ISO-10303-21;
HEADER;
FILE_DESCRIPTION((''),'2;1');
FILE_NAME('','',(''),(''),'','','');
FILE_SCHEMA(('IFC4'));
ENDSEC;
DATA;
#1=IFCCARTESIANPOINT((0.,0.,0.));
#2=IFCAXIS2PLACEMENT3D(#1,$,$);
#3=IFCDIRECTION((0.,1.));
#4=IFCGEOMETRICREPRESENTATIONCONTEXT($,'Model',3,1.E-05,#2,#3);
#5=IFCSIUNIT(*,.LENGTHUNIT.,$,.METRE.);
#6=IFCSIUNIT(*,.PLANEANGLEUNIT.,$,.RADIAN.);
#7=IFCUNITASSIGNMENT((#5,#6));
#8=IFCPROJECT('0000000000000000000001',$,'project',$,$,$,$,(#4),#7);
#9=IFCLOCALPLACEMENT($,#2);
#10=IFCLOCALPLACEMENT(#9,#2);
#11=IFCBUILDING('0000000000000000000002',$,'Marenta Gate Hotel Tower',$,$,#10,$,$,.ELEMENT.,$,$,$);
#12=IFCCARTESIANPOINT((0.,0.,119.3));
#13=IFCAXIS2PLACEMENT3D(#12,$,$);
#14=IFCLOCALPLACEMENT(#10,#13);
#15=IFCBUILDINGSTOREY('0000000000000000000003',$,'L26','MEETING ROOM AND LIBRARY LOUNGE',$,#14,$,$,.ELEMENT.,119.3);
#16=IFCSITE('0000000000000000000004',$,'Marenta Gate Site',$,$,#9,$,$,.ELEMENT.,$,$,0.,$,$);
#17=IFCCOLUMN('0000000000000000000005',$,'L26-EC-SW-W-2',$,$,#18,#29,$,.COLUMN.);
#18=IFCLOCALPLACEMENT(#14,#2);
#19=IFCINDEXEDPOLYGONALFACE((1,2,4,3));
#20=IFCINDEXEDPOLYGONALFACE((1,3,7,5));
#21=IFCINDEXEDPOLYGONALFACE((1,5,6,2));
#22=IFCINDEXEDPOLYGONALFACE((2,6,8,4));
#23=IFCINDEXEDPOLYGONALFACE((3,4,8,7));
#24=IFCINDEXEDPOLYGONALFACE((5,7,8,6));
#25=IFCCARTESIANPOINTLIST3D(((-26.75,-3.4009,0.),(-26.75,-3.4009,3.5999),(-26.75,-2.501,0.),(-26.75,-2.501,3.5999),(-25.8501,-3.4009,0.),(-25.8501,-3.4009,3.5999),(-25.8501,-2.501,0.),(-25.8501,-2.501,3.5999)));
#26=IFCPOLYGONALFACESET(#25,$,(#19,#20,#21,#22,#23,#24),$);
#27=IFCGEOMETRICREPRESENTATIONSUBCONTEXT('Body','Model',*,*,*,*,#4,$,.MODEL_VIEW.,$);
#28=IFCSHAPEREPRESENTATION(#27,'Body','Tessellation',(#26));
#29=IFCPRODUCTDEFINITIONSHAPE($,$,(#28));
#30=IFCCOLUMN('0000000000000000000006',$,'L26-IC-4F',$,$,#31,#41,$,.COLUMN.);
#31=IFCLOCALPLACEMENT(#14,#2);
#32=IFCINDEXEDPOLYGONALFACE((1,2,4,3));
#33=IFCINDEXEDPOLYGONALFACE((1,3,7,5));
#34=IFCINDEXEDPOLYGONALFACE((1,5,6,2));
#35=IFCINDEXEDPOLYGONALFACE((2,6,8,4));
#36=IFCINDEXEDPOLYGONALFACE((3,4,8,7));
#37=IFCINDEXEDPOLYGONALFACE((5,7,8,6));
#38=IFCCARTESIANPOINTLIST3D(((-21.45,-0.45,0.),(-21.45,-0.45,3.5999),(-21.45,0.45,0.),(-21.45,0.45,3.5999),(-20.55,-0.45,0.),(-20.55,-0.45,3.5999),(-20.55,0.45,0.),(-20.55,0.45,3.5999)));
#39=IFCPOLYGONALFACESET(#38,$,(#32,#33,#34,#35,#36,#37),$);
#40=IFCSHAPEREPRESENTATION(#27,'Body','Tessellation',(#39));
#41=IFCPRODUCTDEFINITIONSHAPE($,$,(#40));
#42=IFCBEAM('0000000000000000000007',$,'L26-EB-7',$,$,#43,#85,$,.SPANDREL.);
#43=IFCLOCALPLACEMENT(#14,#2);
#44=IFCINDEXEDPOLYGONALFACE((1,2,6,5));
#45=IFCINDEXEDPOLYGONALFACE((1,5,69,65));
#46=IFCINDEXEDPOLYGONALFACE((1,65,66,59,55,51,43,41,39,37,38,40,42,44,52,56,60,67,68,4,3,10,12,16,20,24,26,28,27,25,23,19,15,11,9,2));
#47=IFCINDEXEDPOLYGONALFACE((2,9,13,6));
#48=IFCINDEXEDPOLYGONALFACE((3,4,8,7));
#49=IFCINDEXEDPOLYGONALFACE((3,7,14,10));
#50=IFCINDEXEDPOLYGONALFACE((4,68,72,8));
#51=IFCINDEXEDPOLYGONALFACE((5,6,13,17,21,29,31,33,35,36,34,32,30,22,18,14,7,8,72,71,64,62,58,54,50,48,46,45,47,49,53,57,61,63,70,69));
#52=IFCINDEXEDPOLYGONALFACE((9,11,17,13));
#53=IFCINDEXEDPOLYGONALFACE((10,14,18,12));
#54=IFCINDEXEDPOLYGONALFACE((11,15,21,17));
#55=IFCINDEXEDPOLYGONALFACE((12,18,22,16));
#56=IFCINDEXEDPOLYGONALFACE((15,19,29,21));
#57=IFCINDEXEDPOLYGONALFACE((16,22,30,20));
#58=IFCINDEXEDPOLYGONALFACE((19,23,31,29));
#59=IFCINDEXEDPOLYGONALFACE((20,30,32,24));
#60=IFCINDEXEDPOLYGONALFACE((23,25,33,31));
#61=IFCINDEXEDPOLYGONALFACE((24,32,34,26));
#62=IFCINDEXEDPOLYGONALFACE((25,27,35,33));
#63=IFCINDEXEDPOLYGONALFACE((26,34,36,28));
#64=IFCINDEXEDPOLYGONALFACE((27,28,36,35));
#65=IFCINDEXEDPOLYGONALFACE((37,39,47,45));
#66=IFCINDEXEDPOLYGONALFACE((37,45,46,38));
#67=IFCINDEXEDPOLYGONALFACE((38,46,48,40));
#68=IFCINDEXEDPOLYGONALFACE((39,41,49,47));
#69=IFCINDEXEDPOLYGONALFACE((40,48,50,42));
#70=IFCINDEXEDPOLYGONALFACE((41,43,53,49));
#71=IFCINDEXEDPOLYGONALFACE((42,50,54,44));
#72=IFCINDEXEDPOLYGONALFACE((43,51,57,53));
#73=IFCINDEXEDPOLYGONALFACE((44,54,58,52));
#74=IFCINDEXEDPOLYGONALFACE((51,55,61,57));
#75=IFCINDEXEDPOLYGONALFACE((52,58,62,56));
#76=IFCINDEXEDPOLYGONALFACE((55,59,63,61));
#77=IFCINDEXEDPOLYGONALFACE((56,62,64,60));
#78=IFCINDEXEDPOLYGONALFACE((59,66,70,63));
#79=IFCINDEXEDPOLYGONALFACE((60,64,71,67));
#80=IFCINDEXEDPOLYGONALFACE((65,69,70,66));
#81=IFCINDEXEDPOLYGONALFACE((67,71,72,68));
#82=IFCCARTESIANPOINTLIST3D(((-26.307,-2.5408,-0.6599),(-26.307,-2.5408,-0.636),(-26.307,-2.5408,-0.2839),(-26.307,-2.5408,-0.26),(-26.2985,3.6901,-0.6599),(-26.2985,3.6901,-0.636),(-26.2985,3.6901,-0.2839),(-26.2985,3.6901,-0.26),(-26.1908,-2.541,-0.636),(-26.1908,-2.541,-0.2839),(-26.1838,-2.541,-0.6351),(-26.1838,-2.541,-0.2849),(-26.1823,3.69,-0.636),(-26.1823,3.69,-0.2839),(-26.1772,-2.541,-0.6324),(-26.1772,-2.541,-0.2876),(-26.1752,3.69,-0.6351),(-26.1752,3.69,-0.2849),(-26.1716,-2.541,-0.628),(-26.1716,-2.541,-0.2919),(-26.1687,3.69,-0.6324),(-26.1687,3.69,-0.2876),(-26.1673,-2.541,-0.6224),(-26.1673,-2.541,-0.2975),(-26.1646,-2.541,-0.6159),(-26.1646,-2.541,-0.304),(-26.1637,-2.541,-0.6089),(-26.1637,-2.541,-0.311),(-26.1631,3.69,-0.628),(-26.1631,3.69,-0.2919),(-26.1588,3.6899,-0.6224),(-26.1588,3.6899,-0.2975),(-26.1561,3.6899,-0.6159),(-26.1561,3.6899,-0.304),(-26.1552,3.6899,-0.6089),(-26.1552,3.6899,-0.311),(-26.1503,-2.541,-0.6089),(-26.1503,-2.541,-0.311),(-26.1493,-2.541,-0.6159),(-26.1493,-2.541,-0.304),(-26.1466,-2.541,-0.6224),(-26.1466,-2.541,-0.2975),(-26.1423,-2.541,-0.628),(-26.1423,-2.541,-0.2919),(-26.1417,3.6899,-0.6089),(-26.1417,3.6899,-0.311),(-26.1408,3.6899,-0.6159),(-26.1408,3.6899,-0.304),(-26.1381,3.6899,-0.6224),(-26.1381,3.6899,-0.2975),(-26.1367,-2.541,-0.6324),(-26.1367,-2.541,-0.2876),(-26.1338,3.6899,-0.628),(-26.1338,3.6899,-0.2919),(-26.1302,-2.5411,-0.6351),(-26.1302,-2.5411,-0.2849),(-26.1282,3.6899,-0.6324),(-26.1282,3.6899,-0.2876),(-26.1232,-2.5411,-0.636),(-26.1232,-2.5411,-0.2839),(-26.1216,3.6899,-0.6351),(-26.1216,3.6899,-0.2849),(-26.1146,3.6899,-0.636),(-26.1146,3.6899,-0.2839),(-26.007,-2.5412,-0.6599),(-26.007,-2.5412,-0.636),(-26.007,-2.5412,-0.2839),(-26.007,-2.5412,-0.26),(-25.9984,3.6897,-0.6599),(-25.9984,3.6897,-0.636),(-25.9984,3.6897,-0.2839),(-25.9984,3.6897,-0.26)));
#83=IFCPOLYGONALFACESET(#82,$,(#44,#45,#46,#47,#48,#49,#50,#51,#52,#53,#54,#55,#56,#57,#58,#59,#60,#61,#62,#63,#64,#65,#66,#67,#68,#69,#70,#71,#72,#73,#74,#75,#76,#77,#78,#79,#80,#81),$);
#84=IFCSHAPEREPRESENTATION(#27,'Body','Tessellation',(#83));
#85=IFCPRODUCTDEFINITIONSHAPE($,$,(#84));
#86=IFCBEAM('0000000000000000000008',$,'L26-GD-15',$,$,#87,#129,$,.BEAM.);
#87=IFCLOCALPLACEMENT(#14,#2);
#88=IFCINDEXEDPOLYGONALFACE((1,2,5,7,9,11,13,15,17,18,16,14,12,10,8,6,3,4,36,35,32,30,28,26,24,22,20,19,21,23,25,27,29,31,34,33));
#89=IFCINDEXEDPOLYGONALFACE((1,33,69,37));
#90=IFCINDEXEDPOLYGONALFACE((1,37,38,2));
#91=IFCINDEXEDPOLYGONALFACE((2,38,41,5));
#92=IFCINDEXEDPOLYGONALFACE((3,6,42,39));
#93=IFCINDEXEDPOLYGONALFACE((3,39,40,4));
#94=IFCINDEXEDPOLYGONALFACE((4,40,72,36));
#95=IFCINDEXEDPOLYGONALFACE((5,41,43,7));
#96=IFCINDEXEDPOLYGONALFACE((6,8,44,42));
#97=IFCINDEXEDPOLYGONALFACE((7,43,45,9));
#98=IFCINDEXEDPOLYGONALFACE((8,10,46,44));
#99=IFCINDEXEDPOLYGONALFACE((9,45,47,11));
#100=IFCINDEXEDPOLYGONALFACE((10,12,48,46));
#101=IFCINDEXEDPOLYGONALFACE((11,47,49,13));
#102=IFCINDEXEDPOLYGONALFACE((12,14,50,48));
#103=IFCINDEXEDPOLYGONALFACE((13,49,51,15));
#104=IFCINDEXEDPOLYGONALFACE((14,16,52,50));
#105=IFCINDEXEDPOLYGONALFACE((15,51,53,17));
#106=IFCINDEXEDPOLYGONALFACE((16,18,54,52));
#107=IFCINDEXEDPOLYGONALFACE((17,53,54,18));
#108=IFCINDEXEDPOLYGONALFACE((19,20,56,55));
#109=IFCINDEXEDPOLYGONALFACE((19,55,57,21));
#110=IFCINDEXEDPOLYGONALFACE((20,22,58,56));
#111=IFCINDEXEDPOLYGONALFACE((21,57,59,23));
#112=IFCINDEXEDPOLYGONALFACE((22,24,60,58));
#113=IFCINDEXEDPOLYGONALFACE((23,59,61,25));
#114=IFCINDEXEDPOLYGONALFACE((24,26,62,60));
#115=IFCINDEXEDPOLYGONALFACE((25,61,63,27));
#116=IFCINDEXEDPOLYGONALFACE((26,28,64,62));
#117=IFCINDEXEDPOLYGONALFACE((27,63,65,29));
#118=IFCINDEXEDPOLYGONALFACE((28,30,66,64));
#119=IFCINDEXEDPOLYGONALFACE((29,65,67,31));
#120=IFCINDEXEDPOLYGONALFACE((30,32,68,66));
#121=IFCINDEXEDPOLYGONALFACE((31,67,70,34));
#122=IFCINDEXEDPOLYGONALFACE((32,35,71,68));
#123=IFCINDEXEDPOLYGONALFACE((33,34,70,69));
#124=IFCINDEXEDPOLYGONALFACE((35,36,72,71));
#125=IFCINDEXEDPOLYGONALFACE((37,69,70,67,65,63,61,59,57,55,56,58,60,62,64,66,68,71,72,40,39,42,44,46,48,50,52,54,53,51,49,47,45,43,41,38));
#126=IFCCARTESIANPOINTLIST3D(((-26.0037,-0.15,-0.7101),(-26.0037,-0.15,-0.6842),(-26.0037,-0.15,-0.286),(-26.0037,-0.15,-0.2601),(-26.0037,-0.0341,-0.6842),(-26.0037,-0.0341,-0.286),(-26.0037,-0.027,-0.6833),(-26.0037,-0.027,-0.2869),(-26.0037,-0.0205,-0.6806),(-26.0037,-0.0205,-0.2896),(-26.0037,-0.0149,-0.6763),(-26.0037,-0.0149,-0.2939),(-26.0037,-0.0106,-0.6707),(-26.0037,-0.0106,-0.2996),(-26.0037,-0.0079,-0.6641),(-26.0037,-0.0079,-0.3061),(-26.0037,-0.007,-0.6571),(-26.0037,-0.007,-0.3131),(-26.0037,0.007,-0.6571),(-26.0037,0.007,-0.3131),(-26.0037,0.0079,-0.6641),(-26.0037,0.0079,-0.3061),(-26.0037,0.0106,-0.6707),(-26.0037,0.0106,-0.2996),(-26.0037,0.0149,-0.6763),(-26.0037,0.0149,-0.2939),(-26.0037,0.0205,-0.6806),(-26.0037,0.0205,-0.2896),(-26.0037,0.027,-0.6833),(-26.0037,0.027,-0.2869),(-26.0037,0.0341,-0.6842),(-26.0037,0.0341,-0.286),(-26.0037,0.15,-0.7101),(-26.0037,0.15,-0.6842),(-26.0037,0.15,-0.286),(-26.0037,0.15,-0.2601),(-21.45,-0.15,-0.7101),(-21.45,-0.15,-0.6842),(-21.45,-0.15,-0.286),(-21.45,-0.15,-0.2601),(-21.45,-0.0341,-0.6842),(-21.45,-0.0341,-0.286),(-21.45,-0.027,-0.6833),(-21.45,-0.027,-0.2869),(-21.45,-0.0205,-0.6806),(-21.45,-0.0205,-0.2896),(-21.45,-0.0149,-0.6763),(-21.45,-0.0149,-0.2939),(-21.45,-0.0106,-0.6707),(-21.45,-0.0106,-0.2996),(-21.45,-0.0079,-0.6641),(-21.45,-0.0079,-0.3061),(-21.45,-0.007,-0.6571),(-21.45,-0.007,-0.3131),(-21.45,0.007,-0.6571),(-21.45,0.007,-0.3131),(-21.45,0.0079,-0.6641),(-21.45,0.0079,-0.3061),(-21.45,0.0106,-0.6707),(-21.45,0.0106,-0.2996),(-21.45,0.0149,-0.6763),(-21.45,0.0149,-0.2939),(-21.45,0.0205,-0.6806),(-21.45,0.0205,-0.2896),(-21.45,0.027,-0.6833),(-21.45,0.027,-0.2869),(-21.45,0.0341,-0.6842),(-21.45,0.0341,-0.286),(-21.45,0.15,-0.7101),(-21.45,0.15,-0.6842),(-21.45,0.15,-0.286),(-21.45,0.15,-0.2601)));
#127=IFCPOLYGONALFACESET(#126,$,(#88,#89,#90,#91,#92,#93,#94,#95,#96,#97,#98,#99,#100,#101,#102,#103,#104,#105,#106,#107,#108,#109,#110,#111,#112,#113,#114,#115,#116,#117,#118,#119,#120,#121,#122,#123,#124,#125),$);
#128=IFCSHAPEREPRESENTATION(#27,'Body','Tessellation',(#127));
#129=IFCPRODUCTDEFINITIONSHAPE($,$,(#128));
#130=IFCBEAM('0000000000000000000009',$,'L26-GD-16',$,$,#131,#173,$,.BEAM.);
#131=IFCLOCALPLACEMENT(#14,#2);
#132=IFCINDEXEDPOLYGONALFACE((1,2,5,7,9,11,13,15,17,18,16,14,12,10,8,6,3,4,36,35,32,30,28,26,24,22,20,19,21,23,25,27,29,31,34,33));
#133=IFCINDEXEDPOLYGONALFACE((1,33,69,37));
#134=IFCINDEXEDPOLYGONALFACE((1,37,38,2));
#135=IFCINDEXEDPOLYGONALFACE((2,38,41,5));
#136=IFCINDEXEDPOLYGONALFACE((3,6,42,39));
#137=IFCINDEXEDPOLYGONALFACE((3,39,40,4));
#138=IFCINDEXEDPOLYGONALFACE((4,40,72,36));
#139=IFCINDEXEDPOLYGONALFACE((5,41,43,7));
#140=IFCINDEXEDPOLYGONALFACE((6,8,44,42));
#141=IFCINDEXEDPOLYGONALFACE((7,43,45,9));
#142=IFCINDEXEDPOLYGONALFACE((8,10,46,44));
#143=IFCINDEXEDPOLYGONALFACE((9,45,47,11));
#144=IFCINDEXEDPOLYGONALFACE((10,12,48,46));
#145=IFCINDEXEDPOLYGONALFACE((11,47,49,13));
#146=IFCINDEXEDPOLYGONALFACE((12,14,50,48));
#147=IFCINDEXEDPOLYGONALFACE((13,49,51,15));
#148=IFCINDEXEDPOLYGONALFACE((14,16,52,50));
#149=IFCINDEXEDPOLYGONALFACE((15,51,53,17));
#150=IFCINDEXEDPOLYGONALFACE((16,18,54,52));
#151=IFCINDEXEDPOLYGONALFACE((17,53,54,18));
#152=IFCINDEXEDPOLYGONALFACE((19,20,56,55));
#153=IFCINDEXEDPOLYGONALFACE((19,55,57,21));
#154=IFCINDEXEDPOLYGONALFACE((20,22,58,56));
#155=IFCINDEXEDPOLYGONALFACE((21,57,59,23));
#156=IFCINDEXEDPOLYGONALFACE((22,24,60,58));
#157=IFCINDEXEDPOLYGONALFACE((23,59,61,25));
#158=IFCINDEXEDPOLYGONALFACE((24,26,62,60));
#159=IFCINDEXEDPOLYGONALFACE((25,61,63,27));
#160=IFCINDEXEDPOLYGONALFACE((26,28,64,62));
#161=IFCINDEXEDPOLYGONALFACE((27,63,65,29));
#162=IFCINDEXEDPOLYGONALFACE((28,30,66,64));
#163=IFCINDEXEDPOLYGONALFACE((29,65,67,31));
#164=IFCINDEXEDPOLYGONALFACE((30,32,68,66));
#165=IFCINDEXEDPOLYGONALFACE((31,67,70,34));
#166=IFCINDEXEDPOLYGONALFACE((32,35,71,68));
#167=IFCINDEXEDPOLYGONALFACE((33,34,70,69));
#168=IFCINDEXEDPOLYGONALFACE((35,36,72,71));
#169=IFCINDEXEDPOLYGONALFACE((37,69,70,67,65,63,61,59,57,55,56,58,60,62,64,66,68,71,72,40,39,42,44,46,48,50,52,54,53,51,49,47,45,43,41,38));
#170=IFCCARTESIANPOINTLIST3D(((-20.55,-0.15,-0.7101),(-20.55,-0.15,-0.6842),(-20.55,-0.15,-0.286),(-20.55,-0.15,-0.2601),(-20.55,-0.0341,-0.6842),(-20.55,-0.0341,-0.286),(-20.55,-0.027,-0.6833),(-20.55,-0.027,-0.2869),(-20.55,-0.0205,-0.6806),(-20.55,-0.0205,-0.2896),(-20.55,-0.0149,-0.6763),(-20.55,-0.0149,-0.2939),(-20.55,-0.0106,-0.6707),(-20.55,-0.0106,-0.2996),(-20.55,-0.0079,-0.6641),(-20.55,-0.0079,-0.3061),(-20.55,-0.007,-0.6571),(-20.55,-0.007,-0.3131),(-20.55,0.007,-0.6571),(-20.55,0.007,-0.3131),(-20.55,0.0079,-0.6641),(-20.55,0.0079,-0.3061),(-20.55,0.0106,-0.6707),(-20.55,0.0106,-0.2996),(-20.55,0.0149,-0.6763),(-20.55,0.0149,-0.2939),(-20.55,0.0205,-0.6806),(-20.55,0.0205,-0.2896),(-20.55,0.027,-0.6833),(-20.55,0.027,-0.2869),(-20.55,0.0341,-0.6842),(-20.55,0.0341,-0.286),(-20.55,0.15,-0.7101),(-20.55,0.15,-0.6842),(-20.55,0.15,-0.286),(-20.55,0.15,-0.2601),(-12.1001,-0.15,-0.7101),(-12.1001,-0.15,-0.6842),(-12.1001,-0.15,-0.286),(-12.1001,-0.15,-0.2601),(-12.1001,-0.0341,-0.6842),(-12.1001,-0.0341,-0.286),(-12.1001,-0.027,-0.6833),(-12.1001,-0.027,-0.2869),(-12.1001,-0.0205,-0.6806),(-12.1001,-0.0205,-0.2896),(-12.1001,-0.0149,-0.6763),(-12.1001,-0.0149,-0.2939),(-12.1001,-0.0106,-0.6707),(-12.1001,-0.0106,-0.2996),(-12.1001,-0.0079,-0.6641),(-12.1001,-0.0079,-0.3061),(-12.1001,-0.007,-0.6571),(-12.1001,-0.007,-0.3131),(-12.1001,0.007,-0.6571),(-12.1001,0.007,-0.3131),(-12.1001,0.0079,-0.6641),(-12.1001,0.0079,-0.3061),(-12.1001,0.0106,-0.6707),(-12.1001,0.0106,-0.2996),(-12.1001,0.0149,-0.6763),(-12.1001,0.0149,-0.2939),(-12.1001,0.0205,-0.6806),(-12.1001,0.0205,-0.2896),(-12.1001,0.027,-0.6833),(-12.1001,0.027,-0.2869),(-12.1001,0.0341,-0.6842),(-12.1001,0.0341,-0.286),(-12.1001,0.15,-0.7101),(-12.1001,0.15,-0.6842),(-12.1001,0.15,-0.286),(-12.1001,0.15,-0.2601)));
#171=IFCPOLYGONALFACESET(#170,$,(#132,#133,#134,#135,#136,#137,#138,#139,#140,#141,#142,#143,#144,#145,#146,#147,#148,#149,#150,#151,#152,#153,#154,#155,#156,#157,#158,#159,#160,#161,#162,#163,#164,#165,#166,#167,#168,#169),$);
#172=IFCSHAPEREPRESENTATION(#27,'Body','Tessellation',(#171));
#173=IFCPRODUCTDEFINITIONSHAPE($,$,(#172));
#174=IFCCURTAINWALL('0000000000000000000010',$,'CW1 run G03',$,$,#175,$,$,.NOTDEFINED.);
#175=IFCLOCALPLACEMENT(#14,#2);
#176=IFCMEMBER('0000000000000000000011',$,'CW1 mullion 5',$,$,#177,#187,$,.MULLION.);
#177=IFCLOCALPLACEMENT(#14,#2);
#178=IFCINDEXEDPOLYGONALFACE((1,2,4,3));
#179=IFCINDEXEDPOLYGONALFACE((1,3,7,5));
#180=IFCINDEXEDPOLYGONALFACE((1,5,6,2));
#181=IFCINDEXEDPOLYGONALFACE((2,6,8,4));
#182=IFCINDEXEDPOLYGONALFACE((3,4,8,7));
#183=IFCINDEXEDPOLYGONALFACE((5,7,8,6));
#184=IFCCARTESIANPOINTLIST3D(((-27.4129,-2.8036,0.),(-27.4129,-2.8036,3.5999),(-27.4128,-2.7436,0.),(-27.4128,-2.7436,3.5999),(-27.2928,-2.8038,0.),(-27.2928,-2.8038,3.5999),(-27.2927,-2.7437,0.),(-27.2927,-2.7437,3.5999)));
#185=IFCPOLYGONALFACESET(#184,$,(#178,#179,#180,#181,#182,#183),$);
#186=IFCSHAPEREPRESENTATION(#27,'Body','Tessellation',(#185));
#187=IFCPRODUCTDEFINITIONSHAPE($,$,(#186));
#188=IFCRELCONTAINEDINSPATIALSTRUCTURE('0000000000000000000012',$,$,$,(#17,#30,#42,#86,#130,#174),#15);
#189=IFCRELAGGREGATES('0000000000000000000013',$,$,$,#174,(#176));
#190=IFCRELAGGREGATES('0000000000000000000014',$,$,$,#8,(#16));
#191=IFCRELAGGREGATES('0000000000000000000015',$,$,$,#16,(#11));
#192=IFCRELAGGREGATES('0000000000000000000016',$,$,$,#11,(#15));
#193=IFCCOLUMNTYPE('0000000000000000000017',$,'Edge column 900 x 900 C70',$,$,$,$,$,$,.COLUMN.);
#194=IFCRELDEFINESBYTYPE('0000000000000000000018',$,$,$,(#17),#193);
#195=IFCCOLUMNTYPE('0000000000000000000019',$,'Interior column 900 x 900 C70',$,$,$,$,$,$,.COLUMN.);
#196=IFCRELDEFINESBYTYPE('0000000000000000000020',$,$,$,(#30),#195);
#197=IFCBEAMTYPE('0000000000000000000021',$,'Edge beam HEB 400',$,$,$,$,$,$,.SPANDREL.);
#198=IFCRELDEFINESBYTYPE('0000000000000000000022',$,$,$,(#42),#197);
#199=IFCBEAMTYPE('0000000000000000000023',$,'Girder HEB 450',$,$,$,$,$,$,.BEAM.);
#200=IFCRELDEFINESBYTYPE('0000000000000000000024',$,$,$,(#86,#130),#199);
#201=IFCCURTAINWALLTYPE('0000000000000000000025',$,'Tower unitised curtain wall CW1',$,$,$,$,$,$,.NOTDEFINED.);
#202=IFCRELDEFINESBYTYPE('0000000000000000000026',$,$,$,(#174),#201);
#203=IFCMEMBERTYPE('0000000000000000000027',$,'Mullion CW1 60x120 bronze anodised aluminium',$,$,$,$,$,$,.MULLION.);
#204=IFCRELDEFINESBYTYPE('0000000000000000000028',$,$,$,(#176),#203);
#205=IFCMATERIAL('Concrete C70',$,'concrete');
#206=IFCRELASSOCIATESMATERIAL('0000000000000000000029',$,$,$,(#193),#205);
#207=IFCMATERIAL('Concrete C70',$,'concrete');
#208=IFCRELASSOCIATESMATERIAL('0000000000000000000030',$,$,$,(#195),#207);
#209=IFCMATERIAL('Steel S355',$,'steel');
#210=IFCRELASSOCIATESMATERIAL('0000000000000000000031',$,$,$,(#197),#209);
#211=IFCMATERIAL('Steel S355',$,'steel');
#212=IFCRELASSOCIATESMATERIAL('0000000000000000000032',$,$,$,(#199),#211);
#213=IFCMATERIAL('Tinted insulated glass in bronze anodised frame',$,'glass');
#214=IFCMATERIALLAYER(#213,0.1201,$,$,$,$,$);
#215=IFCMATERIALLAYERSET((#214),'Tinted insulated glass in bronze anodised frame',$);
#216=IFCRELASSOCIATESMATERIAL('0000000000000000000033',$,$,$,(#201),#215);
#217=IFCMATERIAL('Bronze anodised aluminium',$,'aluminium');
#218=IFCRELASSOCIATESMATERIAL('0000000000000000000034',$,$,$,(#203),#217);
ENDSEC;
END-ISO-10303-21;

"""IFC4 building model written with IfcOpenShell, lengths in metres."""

from ifc_helpers import new_model, si_unit, direction, frame, origin, origin_2d, place, context, subcontext, project, spatial, rectangle, i_section, extrude, material, layer, layer_set, material_profile, profile_set, type_object, element, aggregate, save


model = new_model("IFC4")

# Units and contexts
model_context = context("Model", 3, precision=1e-05, world=origin(), true_north=direction((0.0, 1.0)))
body_context = subcontext(model_context, "Body", "Model", "MODEL_VIEW")
ifc_project = project(units=[si_unit("LENGTHUNIT", "METRE"), si_unit("PLANEANGLEUNIT", "RADIAN")], contexts=[model_context])

# Site, building, storey
site_placement = place(None, origin())
site = spatial("IfcSite", under=ifc_project, at=site_placement, Name="Marenta Gate Site", CompositionType="ELEMENT", RefElevation=0.0)
building_placement = place(site_placement, origin())
building = spatial("IfcBuilding", under=site, at=building_placement, Name="Marenta Gate Hotel Tower", CompositionType="ELEMENT")
storey_placement = place(building_placement, frame((0.0, 0.0, 119.3)))
storey = spatial("IfcBuildingStorey", under=building, at=storey_placement, Name="L26", Description="MEETING ROOM AND LIBRARY LOUNGE", CompositionType="ELEMENT", Elevation=119.3)

# Columns
ifc_material_1 = material(Name="Concrete C70", Category="concrete")
ifc_material_profile_1 = material_profile(ifc_material_1, rectangle(XDim=0.8999, YDim=0.8999, at=origin_2d()), Name="900 x 900")
ifc_profile_set_1 = profile_set([ifc_material_profile_1], Name="Concrete C70")
column_type_1 = type_object("IfcColumnType", Name="Edge column 900 x 900 C70", PredefinedType="COLUMN", material=ifc_profile_set_1)
column_1_placement = place(storey_placement, frame((-26.3, -2.9509, 0.0), z_axis=(0.0, 0.0, 1.0), x_axis=(1.0, 0.0, 0.0)))
element("IfcColumn", 1, at=column_1_placement, inside=storey, type_object=column_type_1, Name="L26-EC-SW-W-2", PredefinedType="COLUMN", context=body_context, shape_type="SweptSolid", body=[
    extrude(rectangle(XDim=0.8999, YDim=0.8999, at=origin_2d()), origin(), (0.0, 0.0, 1.0), 3.5999),
])
ifc_material_2 = material(Name="Concrete C70", Category="concrete")
ifc_material_profile_2 = material_profile(ifc_material_2, rectangle(XDim=0.8999, YDim=0.8999, at=origin_2d()), Name="900 x 900")
ifc_profile_set_2 = profile_set([ifc_material_profile_2], Name="Concrete C70")
column_type_2 = type_object("IfcColumnType", Name="Interior column 900 x 900 C70", PredefinedType="COLUMN", material=ifc_profile_set_2)
column_2_placement = place(storey_placement, frame((-21.0, 0.0, 0.0), z_axis=(0.0, 0.0, 1.0), x_axis=(1.0, 0.0, 0.0)))
element("IfcColumn", 2, at=column_2_placement, inside=storey, type_object=column_type_2, Name="L26-IC-4F", PredefinedType="COLUMN", context=body_context, shape_type="SweptSolid", body=[
    extrude(rectangle(XDim=0.8999, YDim=0.8999, at=origin_2d()), origin(), (0.0, 0.0, 1.0), 3.5999),
])

# Beams
ifc_material_3 = material(Name="Steel S355", Category="steel")
ifc_material_profile_3 = material_profile(ifc_material_3, i_section(OverallWidth=0.3, OverallDepth=0.3999, WebThickness=0.0134, FlangeThickness=0.0239, FilletRadius=0.0271, at=origin_2d()), Name="HEB 400")
ifc_profile_set_3 = profile_set([ifc_material_profile_3], Name="Steel S355")
beam_type_1 = type_object("IfcBeamType", Name="Edge beam HEB 400", PredefinedType="SPANDREL", material=ifc_profile_set_3)
beam_1_placement = place(storey_placement, frame((-26.157, -2.541, -0.46), z_axis=(0.001371, 0.999999, 0.0), x_axis=(-0.999999, 0.001371, 0.0)))
element("IfcBeam", 3, at=beam_1_placement, inside=storey, type_object=beam_type_1, Name="L26-EB-7", PredefinedType="SPANDREL", context=body_context, shape_type="SweptSolid", body=[
    extrude(i_section(OverallWidth=0.3, OverallDepth=0.3999, WebThickness=0.0134, FlangeThickness=0.0239, FilletRadius=0.0271, at=origin_2d()), origin(), (0.0, 0.0, 1.0), 6.231),
])
ifc_material_4 = material(Name="Steel S355", Category="steel")
ifc_material_profile_4 = material_profile(ifc_material_4, i_section(OverallWidth=0.3, OverallDepth=0.45, WebThickness=0.0139, FlangeThickness=0.0259, FilletRadius=0.0271, at=origin_2d()), Name="HEB 450")
ifc_profile_set_4 = profile_set([ifc_material_profile_4], Name="Steel S355")
beam_type_2 = type_object("IfcBeamType", Name="Girder HEB 450", PredefinedType="BEAM", material=ifc_profile_set_4)
beam_2_placement = place(storey_placement, frame((-26.0037, 0.0, -0.4851), z_axis=(1.0, 0.0, 0.0), x_axis=(0.0, 1.0, 0.0)))
element("IfcBeam", 4, at=beam_2_placement, inside=storey, type_object=beam_type_2, Name="L26-GD-15", PredefinedType="BEAM", context=body_context, shape_type="SweptSolid", body=[
    extrude(i_section(OverallWidth=0.3, OverallDepth=0.45, WebThickness=0.0139, FlangeThickness=0.0259, FilletRadius=0.0271, at=origin_2d()), origin(), (0.0, 0.0, 1.0), 4.5537),
])
beam_3_placement = place(storey_placement, frame((-20.55, 0.0, -0.4851), z_axis=(1.0, 0.0, 0.0), x_axis=(0.0, 1.0, 0.0)))
element("IfcBeam", 5, at=beam_3_placement, inside=storey, type_object=beam_type_2, Name="L26-GD-16", PredefinedType="BEAM", context=body_context, shape_type="SweptSolid", body=[
    extrude(i_section(OverallWidth=0.3, OverallDepth=0.45, WebThickness=0.0139, FlangeThickness=0.0259, FilletRadius=0.0271, at=origin_2d()), origin(), (0.0, 0.0, 1.0), 8.45),
])

# Curtain wall, member
ifc_material_5 = material(Name="Tinted insulated glass in bronze anodised frame", Category="glass")
ifc_layer_1 = layer(ifc_material_5, 0.1201)
ifc_layer_set_1 = layer_set([ifc_layer_1], Name="Tinted insulated glass in bronze anodised frame")
curtain_wall_type = type_object("IfcCurtainWallType", Name="Tower unitised curtain wall CW1", PredefinedType="NOTDEFINED", material=ifc_layer_set_1)
curtain_wall_placement = place(storey_placement, origin())
curtain_wall = element("IfcCurtainWall", 6, at=curtain_wall_placement, inside=storey, type_object=curtain_wall_type, Name="CW1 run G03", PredefinedType="NOTDEFINED")
ifc_material_6 = material(Name="Bronze anodised aluminium", Category="aluminium")
ifc_material_profile_5 = material_profile(ifc_material_6, rectangle(XDim=0.1201, YDim=0.0601, at=origin_2d()), Name="Mullion CW1 60x120 bronze anodised aluminium")
ifc_profile_set_5 = profile_set([ifc_material_profile_5], Name="Bronze anodised aluminium")
member_type_1 = type_object("IfcMemberType", Name="Mullion CW1 60x120 bronze anodised aluminium", PredefinedType="MULLION", material=ifc_profile_set_5)
member_1_placement = place(storey_placement, frame((-27.3528, -2.7737, 0.0), z_axis=(0.0, 0.0, 1.0), x_axis=(0.999999, -0.001566, 0.0)))
member_1 = element("IfcMember", 7, at=member_1_placement, type_object=member_type_1, Name="CW1 mullion 5", PredefinedType="MULLION", context=body_context, shape_type="SweptSolid", body=[
    extrude(rectangle(XDim=0.1201, YDim=0.0601, at=origin_2d()), origin(), (0.0, 0.0, 1.0), 3.5999),
])
aggregate(curtain_wall, [member_1])

save(model, "model.ifc")
